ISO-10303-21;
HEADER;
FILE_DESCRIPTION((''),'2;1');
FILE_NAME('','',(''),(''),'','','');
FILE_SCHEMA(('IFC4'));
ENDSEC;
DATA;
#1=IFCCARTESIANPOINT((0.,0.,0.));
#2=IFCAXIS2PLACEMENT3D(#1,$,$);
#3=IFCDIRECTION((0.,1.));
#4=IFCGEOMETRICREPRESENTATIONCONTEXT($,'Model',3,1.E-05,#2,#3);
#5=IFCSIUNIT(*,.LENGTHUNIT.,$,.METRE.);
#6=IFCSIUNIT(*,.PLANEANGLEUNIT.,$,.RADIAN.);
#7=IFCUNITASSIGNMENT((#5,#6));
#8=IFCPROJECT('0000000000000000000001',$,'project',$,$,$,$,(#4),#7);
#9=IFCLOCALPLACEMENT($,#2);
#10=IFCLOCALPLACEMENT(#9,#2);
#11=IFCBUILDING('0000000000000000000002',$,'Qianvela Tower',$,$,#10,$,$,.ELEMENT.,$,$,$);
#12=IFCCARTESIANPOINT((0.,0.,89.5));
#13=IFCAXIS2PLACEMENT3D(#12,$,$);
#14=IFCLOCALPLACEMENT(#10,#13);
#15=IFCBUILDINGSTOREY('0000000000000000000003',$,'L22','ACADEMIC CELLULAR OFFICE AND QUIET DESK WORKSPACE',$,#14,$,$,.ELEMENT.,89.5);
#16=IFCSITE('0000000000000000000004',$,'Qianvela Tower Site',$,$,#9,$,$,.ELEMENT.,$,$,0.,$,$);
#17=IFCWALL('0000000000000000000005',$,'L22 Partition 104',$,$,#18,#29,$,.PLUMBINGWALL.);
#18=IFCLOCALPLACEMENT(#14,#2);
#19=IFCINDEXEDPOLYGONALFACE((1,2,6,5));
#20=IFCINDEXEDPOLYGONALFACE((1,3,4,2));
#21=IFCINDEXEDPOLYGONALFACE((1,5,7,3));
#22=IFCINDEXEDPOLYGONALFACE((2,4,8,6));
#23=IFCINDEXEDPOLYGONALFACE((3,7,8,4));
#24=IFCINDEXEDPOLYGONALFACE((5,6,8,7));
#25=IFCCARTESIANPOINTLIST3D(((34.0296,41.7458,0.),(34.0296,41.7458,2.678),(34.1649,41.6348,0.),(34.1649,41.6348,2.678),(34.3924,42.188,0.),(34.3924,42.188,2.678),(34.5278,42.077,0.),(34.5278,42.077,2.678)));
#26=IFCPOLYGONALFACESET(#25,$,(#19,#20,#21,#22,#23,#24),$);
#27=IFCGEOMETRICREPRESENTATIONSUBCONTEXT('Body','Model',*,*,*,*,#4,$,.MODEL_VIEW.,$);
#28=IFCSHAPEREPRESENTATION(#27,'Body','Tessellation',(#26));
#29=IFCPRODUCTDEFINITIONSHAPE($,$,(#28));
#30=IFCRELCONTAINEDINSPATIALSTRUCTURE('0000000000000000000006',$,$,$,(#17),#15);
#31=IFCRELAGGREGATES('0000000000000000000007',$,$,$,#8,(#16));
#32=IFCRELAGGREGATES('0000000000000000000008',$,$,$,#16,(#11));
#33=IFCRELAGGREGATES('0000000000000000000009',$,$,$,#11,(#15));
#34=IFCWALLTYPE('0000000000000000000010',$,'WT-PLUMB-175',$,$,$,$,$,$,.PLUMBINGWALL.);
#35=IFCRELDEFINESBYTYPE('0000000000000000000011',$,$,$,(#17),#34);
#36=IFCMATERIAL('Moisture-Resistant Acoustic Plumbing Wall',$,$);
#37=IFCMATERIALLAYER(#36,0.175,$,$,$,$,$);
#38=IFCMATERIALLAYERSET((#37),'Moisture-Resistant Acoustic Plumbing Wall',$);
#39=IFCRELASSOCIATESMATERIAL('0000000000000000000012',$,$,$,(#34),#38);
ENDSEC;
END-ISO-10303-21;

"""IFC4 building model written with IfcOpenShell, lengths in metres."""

from ifc_helpers import new_model, si_unit, direction, frame, frame_2d, origin, place, context, subcontext, project, spatial, rectangle, extrude, material, layer, layer_set, type_object, element, save


model = new_model("IFC4")

# Units and contexts
model_context = context("Model", 3, precision=1e-05, world=origin(), true_north=direction((0.0, 1.0)))
body_context = subcontext(model_context, "Body", "Model", "MODEL_VIEW")
ifc_project = project(units=[si_unit("LENGTHUNIT", "METRE"), si_unit("PLANEANGLEUNIT", "RADIAN")], contexts=[model_context])

# Site, building, storey
site_placement = place(None, origin())
site = spatial("IfcSite", under=ifc_project, at=site_placement, Name="Qianvela Tower Site", CompositionType="ELEMENT", RefElevation=0.0)
building_placement = place(site_placement, origin())
building = spatial("IfcBuilding", under=site, at=building_placement, Name="Qianvela Tower", CompositionType="ELEMENT")
storey_placement = place(building_placement, frame((0.0, 0.0, 89.5)))
storey = spatial("IfcBuildingStorey", under=building, at=storey_placement, Name="L22", Description="ACADEMIC CELLULAR OFFICE AND QUIET DESK WORKSPACE", CompositionType="ELEMENT", Elevation=89.5)

# Wall
ifc_material_1 = material(Name="Moisture-Resistant Acoustic Plumbing Wall")
ifc_layer_1 = layer(ifc_material_1, 0.175)
ifc_layer_set_1 = layer_set([ifc_layer_1], Name="Moisture-Resistant Acoustic Plumbing Wall")
wall_type_1 = type_object("IfcWallType", Name="WT-PLUMB-175", PredefinedType="PLUMBINGWALL", material=ifc_layer_set_1)
wall_1_placement = place(storey_placement, frame((34.0972, 41.6902, 0.0), z_axis=(0.0, 0.0, 1.0), x_axis=(0.63433, 0.773063, 0.0)))
element("IfcWall", 1, at=wall_1_placement, inside=storey, type_object=wall_type_1, Name="L22 Partition 104", PredefinedType="PLUMBINGWALL", context=body_context, shape_type="SweptSolid", body=[
    extrude(rectangle(XDim=0.572, YDim=0.175, at=frame_2d((0.2861, 0.0))), origin(), (0.0, 0.0, 1.0), 2.678),
])

save(model, "model.ifc")
